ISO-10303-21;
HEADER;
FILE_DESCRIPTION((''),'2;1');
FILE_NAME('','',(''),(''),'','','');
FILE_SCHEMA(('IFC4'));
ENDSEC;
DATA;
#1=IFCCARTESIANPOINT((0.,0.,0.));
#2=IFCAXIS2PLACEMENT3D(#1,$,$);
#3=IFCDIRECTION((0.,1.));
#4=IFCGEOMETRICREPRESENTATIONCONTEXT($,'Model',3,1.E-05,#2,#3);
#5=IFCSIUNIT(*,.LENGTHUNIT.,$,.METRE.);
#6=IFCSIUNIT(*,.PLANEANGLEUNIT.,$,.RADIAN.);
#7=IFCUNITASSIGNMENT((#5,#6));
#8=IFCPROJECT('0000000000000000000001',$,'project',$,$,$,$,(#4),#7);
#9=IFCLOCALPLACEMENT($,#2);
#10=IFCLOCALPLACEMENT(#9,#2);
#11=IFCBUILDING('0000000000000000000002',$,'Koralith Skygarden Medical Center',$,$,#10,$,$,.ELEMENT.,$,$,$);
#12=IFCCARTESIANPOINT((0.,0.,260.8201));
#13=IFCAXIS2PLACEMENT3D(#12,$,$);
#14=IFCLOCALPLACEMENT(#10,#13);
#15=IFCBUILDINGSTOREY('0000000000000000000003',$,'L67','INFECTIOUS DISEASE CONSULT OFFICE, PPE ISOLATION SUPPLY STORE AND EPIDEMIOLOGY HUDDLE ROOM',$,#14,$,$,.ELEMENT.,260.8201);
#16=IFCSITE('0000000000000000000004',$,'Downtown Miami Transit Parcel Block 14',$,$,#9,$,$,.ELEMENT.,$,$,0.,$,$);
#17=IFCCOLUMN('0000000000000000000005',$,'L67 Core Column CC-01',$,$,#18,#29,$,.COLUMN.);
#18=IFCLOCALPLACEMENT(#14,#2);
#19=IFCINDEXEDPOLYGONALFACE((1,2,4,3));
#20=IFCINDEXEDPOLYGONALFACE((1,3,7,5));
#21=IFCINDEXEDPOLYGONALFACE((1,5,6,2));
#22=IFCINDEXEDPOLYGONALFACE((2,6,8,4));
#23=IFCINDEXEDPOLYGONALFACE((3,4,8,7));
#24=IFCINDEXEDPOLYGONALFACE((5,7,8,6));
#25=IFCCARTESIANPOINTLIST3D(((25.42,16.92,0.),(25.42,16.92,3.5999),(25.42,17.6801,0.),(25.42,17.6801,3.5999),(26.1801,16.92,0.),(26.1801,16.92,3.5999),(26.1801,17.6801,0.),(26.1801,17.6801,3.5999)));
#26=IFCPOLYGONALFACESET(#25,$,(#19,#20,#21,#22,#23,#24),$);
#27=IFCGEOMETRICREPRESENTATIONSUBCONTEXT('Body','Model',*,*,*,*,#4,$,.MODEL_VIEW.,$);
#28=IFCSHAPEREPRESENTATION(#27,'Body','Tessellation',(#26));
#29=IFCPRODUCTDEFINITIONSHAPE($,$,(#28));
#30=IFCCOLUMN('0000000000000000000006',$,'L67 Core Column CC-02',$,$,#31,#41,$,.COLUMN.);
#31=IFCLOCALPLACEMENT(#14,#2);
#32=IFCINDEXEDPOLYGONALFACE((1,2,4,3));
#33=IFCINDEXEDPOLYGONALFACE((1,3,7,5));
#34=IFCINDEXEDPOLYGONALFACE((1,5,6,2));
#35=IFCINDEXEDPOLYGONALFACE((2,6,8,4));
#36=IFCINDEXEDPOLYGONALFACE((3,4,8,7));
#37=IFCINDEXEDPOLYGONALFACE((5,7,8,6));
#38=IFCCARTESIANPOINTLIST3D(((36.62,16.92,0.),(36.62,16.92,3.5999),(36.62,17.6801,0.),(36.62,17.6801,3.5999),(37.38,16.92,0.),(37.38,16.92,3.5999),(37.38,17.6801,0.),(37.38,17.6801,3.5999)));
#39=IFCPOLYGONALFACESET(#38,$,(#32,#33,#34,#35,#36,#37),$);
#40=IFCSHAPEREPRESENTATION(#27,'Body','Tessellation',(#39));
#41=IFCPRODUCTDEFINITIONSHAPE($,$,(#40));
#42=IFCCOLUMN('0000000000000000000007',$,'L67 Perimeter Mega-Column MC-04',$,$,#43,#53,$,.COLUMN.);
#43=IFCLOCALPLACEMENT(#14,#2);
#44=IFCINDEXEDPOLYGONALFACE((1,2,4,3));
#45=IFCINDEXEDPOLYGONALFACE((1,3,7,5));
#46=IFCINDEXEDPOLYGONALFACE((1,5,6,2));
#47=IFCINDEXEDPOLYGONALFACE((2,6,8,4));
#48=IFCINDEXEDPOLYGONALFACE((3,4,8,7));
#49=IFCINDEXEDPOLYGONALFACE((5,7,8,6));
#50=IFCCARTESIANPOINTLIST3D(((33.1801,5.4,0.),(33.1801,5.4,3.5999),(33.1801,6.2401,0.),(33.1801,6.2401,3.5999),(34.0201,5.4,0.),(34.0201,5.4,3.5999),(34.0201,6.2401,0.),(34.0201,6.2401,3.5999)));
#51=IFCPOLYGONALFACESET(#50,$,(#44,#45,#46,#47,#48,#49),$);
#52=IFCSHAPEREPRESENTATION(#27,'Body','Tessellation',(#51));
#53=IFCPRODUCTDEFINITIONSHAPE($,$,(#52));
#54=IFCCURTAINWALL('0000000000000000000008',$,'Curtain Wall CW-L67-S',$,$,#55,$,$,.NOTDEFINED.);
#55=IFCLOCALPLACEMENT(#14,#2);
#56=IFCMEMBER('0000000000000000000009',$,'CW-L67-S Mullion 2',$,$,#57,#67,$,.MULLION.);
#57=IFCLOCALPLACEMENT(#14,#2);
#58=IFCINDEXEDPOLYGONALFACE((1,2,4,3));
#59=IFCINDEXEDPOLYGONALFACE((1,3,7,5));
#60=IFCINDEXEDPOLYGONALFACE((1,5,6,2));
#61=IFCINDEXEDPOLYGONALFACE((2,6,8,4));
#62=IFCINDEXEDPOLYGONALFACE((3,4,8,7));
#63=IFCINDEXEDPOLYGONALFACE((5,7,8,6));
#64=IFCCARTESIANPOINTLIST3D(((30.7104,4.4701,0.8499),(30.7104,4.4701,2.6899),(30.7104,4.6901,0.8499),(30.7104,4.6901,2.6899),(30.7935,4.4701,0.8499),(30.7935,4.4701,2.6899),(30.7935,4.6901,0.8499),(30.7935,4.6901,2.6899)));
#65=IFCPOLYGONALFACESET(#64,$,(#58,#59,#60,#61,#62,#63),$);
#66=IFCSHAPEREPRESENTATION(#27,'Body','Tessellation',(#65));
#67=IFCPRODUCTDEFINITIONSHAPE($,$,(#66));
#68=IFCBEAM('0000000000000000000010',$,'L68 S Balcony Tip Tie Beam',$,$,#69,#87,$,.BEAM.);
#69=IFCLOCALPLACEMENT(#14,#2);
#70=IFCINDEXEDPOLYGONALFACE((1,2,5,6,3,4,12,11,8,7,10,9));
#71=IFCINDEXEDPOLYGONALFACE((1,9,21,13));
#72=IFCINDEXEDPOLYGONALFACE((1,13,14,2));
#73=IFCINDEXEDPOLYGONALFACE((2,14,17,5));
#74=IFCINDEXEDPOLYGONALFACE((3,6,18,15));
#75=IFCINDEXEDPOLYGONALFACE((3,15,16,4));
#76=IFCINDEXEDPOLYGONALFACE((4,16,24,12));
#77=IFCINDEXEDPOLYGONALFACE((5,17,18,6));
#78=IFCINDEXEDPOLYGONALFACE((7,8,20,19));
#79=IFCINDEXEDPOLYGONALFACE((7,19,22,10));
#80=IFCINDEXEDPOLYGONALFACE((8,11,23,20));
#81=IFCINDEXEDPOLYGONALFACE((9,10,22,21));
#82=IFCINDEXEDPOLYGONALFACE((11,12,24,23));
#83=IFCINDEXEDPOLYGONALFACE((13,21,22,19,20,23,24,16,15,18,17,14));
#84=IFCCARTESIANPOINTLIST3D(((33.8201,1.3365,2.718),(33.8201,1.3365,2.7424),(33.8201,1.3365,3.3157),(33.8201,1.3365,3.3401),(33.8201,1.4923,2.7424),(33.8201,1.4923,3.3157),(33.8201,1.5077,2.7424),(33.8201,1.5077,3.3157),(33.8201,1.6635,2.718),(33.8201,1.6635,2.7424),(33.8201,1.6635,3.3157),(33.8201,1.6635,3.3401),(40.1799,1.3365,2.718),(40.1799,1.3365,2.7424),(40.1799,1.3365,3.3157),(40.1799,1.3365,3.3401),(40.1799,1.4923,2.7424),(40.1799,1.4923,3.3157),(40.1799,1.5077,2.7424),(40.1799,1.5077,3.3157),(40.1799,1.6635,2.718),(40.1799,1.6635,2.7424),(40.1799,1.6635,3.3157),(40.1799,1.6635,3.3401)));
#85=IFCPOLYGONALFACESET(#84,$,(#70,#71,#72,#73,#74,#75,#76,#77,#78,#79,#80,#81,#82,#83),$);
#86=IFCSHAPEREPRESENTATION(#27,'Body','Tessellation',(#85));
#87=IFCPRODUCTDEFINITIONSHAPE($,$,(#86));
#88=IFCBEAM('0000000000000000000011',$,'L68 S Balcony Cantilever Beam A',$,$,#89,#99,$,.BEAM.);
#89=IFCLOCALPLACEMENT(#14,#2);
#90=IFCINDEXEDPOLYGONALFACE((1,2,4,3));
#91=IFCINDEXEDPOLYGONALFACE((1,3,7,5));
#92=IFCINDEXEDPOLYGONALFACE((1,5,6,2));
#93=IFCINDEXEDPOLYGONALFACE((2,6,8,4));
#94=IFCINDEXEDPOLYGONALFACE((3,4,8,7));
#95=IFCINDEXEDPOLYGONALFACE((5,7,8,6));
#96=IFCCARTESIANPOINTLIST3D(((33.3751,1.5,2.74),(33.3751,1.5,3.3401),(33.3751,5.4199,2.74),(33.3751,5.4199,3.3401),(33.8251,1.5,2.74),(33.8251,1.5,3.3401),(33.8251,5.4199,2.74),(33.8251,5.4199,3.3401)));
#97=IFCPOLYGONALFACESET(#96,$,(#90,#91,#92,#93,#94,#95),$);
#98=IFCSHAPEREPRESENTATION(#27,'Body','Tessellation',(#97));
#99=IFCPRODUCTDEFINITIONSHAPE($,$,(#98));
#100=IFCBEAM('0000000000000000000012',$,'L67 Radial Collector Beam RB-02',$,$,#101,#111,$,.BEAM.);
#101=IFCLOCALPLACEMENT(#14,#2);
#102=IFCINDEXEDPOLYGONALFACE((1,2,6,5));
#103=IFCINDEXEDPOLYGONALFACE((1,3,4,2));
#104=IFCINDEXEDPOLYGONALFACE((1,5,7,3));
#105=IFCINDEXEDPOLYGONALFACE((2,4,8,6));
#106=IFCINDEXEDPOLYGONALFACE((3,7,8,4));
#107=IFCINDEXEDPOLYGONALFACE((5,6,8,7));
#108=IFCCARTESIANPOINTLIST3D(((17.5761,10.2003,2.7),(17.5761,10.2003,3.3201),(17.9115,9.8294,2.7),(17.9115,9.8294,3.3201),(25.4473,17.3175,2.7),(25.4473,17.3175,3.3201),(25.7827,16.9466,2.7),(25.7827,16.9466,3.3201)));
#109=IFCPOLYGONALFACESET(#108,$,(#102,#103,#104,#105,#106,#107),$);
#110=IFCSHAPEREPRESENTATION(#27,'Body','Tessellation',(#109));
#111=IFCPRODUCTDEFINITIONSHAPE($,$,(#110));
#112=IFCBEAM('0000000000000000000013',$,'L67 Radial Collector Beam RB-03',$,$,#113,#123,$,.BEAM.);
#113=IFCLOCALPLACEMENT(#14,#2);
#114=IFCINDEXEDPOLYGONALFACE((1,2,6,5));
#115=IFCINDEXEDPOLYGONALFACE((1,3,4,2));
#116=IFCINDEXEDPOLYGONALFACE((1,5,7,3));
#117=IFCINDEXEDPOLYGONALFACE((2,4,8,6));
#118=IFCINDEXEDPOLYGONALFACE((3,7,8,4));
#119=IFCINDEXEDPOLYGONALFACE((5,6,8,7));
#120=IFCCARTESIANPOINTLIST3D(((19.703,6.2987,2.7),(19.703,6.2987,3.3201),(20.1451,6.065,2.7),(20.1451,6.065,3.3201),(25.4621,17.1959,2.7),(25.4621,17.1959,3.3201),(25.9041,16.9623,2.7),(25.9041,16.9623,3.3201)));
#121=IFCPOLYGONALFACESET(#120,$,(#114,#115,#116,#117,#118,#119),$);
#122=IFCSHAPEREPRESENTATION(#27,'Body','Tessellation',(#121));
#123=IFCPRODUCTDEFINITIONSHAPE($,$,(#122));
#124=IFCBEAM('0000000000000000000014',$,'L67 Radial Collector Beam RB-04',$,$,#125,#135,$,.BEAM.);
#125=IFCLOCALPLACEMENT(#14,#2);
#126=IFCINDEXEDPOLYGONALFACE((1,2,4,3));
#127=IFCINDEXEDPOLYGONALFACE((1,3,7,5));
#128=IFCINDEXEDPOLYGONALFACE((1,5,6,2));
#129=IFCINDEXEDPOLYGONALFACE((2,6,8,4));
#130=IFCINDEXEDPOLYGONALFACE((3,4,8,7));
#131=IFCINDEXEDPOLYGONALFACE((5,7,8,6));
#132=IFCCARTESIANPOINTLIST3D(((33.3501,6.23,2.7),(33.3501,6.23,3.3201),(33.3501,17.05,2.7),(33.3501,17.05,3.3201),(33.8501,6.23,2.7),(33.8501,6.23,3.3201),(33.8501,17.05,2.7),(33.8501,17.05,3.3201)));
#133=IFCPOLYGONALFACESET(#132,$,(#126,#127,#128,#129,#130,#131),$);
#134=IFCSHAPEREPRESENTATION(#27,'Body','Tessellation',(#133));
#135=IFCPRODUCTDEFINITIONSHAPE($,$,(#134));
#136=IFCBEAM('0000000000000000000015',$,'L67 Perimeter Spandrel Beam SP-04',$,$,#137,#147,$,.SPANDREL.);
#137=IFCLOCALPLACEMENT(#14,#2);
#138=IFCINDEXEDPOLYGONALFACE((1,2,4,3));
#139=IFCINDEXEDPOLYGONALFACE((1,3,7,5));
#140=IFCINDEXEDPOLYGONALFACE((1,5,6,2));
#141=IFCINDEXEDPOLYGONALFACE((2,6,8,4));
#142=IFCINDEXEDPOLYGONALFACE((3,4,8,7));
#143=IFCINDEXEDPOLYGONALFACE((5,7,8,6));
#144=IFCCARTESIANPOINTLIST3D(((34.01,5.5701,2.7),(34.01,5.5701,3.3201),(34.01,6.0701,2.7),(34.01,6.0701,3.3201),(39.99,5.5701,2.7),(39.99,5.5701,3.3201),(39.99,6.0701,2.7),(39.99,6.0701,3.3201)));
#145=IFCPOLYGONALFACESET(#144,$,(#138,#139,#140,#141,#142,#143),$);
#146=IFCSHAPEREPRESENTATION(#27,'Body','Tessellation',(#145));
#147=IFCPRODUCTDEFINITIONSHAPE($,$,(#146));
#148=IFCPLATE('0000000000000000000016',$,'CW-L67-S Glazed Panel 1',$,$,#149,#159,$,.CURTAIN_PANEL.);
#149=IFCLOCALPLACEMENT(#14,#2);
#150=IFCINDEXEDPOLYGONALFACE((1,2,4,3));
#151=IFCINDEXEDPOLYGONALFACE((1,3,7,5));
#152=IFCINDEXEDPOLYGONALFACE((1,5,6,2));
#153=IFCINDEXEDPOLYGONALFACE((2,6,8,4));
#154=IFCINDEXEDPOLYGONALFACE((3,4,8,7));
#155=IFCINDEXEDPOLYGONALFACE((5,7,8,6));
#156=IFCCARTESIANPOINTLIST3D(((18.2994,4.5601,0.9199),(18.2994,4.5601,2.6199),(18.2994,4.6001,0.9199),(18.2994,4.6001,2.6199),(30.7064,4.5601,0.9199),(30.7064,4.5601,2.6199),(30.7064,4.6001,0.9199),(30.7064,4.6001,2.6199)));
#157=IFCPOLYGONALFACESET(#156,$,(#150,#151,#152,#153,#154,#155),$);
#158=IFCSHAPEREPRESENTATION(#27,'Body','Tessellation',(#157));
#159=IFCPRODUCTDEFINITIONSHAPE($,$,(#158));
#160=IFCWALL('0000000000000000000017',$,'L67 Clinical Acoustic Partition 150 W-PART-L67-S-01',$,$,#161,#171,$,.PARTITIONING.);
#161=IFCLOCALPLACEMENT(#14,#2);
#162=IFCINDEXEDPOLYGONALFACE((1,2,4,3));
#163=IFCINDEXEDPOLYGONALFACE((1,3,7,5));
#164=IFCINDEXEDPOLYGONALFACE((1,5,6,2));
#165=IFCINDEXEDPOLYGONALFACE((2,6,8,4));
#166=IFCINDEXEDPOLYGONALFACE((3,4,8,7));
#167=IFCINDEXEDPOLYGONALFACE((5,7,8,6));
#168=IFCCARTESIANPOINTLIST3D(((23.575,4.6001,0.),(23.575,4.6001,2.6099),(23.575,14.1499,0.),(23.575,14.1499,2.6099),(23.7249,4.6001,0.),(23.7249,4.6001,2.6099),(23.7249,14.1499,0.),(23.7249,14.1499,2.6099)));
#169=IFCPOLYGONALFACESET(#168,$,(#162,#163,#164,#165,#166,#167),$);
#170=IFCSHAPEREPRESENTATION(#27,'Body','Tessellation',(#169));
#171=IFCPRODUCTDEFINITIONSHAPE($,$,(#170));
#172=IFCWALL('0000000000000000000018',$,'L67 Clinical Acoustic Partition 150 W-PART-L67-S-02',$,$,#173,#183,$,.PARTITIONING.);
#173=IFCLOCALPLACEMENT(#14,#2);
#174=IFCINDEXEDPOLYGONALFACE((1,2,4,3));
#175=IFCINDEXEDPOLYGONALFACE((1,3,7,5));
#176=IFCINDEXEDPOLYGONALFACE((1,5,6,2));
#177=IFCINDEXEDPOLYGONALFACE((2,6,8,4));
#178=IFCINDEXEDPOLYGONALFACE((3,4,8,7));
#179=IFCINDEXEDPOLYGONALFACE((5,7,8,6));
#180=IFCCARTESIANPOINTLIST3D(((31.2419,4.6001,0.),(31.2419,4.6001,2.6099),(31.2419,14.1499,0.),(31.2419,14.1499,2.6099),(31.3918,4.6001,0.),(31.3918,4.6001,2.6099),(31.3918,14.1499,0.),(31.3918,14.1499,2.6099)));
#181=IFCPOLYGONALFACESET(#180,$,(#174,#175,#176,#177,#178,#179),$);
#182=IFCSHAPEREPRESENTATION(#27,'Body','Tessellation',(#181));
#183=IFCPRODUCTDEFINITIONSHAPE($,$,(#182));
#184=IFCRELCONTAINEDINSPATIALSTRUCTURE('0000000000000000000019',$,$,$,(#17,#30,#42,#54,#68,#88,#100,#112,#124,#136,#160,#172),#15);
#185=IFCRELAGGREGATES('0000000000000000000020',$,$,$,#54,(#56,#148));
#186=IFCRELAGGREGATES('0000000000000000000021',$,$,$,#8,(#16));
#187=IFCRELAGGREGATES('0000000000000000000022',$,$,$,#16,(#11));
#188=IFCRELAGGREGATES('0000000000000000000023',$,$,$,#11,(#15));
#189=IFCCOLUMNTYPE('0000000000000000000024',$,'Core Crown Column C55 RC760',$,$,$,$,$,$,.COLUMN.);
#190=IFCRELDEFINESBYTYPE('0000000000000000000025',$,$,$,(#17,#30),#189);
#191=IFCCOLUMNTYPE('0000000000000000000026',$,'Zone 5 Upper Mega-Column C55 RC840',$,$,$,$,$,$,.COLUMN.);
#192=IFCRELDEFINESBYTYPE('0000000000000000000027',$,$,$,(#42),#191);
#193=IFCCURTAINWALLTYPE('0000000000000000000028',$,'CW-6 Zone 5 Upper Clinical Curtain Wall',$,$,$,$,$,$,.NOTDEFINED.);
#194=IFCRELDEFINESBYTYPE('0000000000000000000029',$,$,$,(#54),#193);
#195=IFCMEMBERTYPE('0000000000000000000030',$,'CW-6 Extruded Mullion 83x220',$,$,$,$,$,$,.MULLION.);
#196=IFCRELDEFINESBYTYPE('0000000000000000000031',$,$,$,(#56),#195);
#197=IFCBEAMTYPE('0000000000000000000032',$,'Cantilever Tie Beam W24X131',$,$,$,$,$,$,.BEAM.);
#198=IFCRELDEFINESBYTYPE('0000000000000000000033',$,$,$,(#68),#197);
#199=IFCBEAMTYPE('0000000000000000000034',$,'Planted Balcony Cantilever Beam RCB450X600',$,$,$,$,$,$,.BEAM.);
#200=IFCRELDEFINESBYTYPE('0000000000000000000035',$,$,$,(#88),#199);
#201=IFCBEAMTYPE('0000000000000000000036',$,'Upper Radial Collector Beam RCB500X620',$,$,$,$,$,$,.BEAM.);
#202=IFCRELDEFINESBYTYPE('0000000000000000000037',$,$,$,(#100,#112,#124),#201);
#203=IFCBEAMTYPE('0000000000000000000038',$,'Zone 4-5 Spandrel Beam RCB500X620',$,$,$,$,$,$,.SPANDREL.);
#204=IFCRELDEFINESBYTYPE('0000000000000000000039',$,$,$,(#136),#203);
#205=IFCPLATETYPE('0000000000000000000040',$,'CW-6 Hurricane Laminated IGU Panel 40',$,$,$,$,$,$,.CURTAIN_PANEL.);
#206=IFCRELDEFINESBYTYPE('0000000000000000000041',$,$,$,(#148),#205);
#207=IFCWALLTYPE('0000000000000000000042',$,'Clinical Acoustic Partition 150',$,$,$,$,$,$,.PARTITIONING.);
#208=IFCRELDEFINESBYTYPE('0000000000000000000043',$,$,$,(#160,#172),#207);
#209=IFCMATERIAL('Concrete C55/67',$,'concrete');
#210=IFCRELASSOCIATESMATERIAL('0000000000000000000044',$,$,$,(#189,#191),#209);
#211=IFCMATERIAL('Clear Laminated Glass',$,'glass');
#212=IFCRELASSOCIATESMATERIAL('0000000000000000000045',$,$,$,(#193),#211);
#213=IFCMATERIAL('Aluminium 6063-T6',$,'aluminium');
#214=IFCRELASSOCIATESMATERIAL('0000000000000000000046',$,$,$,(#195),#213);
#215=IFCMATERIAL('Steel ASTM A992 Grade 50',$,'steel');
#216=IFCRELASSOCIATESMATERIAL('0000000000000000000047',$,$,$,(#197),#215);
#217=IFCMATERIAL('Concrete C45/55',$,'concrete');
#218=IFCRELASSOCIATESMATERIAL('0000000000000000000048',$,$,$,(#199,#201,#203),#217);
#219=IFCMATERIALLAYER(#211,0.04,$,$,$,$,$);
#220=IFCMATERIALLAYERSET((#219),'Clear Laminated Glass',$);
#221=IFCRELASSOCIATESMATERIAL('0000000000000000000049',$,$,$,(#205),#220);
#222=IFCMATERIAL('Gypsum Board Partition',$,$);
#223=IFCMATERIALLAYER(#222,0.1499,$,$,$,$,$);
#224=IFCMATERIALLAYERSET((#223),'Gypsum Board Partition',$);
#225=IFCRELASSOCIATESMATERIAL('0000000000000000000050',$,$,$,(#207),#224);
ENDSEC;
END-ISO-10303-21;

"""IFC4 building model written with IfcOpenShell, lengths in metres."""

from ifc_helpers import new_model, si_unit, direction, frame, frame_2d, origin, origin_2d, place, context, subcontext, project, spatial, rectangle, i_section, extrude, material, layer, layer_set, material_profile, profile_set, type_object, element, aggregate, save


model = new_model("IFC4")

# Units and contexts
model_context = context("Model", 3, precision=1e-05, world=origin(), true_north=direction((0.0, 1.0)))
body_context = subcontext(model_context, "Body", "Model", "MODEL_VIEW")
ifc_project = project(units=[si_unit("LENGTHUNIT", "METRE"), si_unit("PLANEANGLEUNIT", "RADIAN")], contexts=[model_context])

# Site, building, storey
site_placement = place(None, origin())
site = spatial("IfcSite", under=ifc_project, at=site_placement, Name="Downtown Miami Transit Parcel Block 14", CompositionType="ELEMENT", RefElevation=0.0)
building_placement = place(site_placement, origin())
building = spatial("IfcBuilding", under=site, at=building_placement, Name="Koralith Skygarden Medical Center", CompositionType="ELEMENT")
storey_placement = place(building_placement, frame((0.0, 0.0, 260.8201)))
storey = spatial("IfcBuildingStorey", under=building, at=storey_placement, Name="L67", Description="INFECTIOUS DISEASE CONSULT OFFICE, PPE ISOLATION SUPPLY STORE AND EPIDEMIOLOGY HUDDLE ROOM", CompositionType="ELEMENT", Elevation=260.8201)

# Columns
ifc_material_1 = material(Name="Concrete C55/67", Category="concrete")
ifc_material_profile_1 = material_profile(ifc_material_1, rectangle(XDim=0.76, YDim=0.76, at=origin_2d()), Name="RC760X760")
ifc_profile_set_1 = profile_set([ifc_material_profile_1], Name="Concrete C55/67")
column_type_1 = type_object("IfcColumnType", Name="Core Crown Column C55 RC760", PredefinedType="COLUMN", material=ifc_profile_set_1)
for number, where, z_axis, x_axis, name in (
    (1, (25.8, 17.3, 0.0), (0.0, 0.0, 1.0), (1.0, 0.0, 0.0), "L67 Core Column CC-01"),
    (2, (37.0, 17.3, 0.0), (0.0, 0.0, 1.0), (1.0, 0.0, 0.0), "L67 Core Column CC-02"),
):
    element("IfcColumn", number, at=place(storey_placement, frame(where, z_axis=z_axis, x_axis=x_axis)), inside=storey, type_object=column_type_1, Name=name, PredefinedType="COLUMN", context=body_context, shape_type="SweptSolid", body=[
        extrude(rectangle(XDim=0.76, YDim=0.76, at=origin_2d()), origin(), (0.0, 0.0, 1.0), 3.5999),
    ])
ifc_material_profile_2 = material_profile(ifc_material_1, rectangle(XDim=0.8401, YDim=0.8401, at=origin_2d()), Name="RC840X840")
ifc_profile_set_2 = profile_set([ifc_material_profile_2], Name="Concrete C55/67")
column_type_2 = type_object("IfcColumnType", Name="Zone 5 Upper Mega-Column C55 RC840", PredefinedType="COLUMN", material=ifc_profile_set_2)
column_placement = place(storey_placement, frame((33.6001, 5.8201, 0.0), z_axis=(0.0, 0.0, 1.0), x_axis=(1.0, 0.0, 0.0)))
element("IfcColumn", 3, at=column_placement, inside=storey, type_object=column_type_2, Name="L67 Perimeter Mega-Column MC-04", PredefinedType="COLUMN", context=body_context, shape_type="SweptSolid", body=[
    extrude(rectangle(XDim=0.8401, YDim=0.8401, at=origin_2d()), origin(), (0.0, 0.0, 1.0), 3.5999),
])

# Curtain wall, member
ifc_material_2 = material(Name="Clear Laminated Glass", Category="glass")
curtain_wall_type = type_object("IfcCurtainWallType", Name="CW-6 Zone 5 Upper Clinical Curtain Wall", PredefinedType="NOTDEFINED", material=ifc_material_2)
curtain_wall_placement = place(storey_placement, origin())
curtain_wall = element("IfcCurtainWall", 4, at=curtain_wall_placement, inside=storey, type_object=curtain_wall_type, Name="Curtain Wall CW-L67-S", PredefinedType="NOTDEFINED")
ifc_material_3 = material(Name="Aluminium 6063-T6", Category="aluminium")
ifc_material_profile_3 = material_profile(ifc_material_3, rectangle(XDim=0.083, YDim=0.22, at=origin_2d()), Name="MUL83X220")
ifc_profile_set_3 = profile_set([ifc_material_profile_3], Name="Aluminium 6063-T6")
member_type = type_object("IfcMemberType", Name="CW-6 Extruded Mullion 83x220", PredefinedType="MULLION", material=ifc_profile_set_3)
member_placement = place(storey_placement, frame((30.752, 4.5801, 0.8499), z_axis=(0.0, 0.0, 1.0), x_axis=(1.0, 0.0, 0.0)))
member = element("IfcMember", 5, at=member_placement, type_object=member_type, Name="CW-L67-S Mullion 2", PredefinedType="MULLION", context=body_context, shape_type="SweptSolid", body=[
    extrude(rectangle(XDim=0.083, YDim=0.22, at=origin_2d()), origin(), (0.0, 0.0, 1.0), 1.8401),
])

# Beams
ifc_material_4 = material(Name="Steel ASTM A992 Grade 50", Category="steel")
ifc_material_profile_4 = material_profile(ifc_material_4, i_section(OverallWidth=0.3269, OverallDepth=0.6221, WebThickness=0.0154, FlangeThickness=0.0244, at=origin_2d()), Name="W24X131")
ifc_profile_set_4 = profile_set([ifc_material_profile_4], Name="Steel ASTM A992 Grade 50")
beam_type_1 = type_object("IfcBeamType", Name="Cantilever Tie Beam W24X131", PredefinedType="BEAM", material=ifc_profile_set_4)
beam_1_placement = place(storey_placement, frame((33.8201, 1.5, 3.0291), z_axis=(1.0, 0.0, 0.0), x_axis=(0.0, 1.0, 0.0)))
element("IfcBeam", 6, at=beam_1_placement, inside=storey, type_object=beam_type_1, Name="L68 S Balcony Tip Tie Beam", PredefinedType="BEAM", context=body_context, shape_type="SweptSolid", body=[
    extrude(i_section(OverallWidth=0.3269, OverallDepth=0.6221, WebThickness=0.0154, FlangeThickness=0.0244, at=origin_2d()), origin(), (0.0, 0.0, 1.0), 6.3599),
])
ifc_material_5 = material(Name="Concrete C45/55", Category="concrete")
ifc_material_profile_5 = material_profile(ifc_material_5, rectangle(XDim=0.45, YDim=0.6001, at=origin_2d()), Name="RCB450X600")
ifc_profile_set_5 = profile_set([ifc_material_profile_5], Name="Concrete C45/55")
beam_type_2 = type_object("IfcBeamType", Name="Planted Balcony Cantilever Beam RCB450X600", PredefinedType="BEAM", material=ifc_profile_set_5)
beam_2_placement = place(storey_placement, frame((33.6001, 5.4199, 3.04), z_axis=(0.0, -1.0, 0.0), x_axis=(1.0, 0.0, 0.0)))
element("IfcBeam", 7, at=beam_2_placement, inside=storey, type_object=beam_type_2, Name="L68 S Balcony Cantilever Beam A", PredefinedType="BEAM", context=body_context, shape_type="SweptSolid", body=[
    extrude(rectangle(XDim=0.45, YDim=0.6001, at=origin_2d()), origin(), (0.0, 0.0, 1.0), 3.9199),
])
ifc_material_profile_6 = material_profile(ifc_material_5, rectangle(XDim=0.5, YDim=0.6201, at=origin_2d()), Name="RCB500X620")
ifc_profile_set_6 = profile_set([ifc_material_profile_6], Name="Concrete C45/55")
beam_type_3 = type_object("IfcBeamType", Name="Upper Radial Collector Beam RCB500X620", PredefinedType="BEAM", material=ifc_profile_set_6)
beam_3_placement = place(storey_placement, frame((25.615, 17.1321, 3.01), z_axis=(-0.741736, -0.670692, 0.0), x_axis=(0.670692, -0.741736, 0.0)))
element("IfcBeam", 8, at=beam_3_placement, inside=storey, type_object=beam_type_3, Name="L67 Radial Collector Beam RB-02", PredefinedType="BEAM", context=body_context, shape_type="SweptSolid", body=[
    extrude(rectangle(XDim=0.5, YDim=0.6201, at=origin_2d()), origin(), (0.0, 0.0, 1.0), 10.6118),
])
beam_4_placement = place(storey_placement, frame((25.6831, 17.0791, 3.01), z_axis=(-0.467249, -0.884126, 0.0), x_axis=(0.884126, -0.467249, 0.0)))
element("IfcBeam", 9, at=beam_4_placement, inside=storey, type_object=beam_type_3, Name="L67 Radial Collector Beam RB-03", PredefinedType="BEAM", context=body_context, shape_type="SweptSolid", body=[
    extrude(rectangle(XDim=0.5, YDim=0.6201, at=origin_2d()), origin(), (0.0, 0.0, 1.0), 12.3254),
])
beam_5_placement = place(storey_placement, frame((33.6001, 17.05, 3.01), z_axis=(0.0, -1.0, 0.0), x_axis=(1.0, 0.0, 0.0)))
element("IfcBeam", 10, at=beam_5_placement, inside=storey, type_object=beam_type_3, Name="L67 Radial Collector Beam RB-04", PredefinedType="BEAM", context=body_context, shape_type="SweptSolid", body=[
    extrude(rectangle(XDim=0.5, YDim=0.6201, at=origin_2d()), origin(), (0.0, 0.0, 1.0), 10.8201),
])
ifc_material_profile_7 = material_profile(ifc_material_5, rectangle(XDim=0.5, YDim=0.6201, at=origin_2d()), Name="RCB500X620")
ifc_profile_set_7 = profile_set([ifc_material_profile_7], Name="Concrete C45/55")
beam_type_4 = type_object("IfcBeamType", Name="Zone 4-5 Spandrel Beam RCB500X620", PredefinedType="SPANDREL", material=ifc_profile_set_7)
beam_6_placement = place(storey_placement, frame((34.01, 5.8201, 3.01), z_axis=(1.0, 0.0, 0.0), x_axis=(0.0, 1.0, 0.0)))
element("IfcBeam", 11, at=beam_6_placement, inside=storey, type_object=beam_type_4, Name="L67 Perimeter Spandrel Beam SP-04", PredefinedType="SPANDREL", context=body_context, shape_type="SweptSolid", body=[
    extrude(rectangle(XDim=0.5, YDim=0.6201, at=origin_2d()), origin(), (0.0, 0.0, 1.0), 5.98),
])

# Plate
ifc_layer_1 = layer(ifc_material_2, 0.04)
ifc_layer_set_1 = layer_set([ifc_layer_1], Name="Clear Laminated Glass")
plate_type = type_object("IfcPlateType", Name="CW-6 Hurricane Laminated IGU Panel 40", PredefinedType="CURTAIN_PANEL", material=ifc_layer_set_1)
plate_placement = place(storey_placement, frame((24.5029, 4.5801, 0.9199), z_axis=(0.0, 0.0, 1.0), x_axis=(1.0, 0.0, 0.0)))
plate = element("IfcPlate", 12, at=plate_placement, type_object=plate_type, Name="CW-L67-S Glazed Panel 1", PredefinedType="CURTAIN_PANEL", context=body_context, shape_type="SweptSolid", body=[
    extrude(rectangle(XDim=12.407, YDim=0.04, at=origin_2d()), origin(), (0.0, 0.0, 1.0), 1.7),
])
aggregate(curtain_wall, [member, plate])

# Walls
ifc_material_6 = material(Name="Gypsum Board Partition")
ifc_layer_2 = layer(ifc_material_6, 0.1499)
ifc_layer_set_2 = layer_set([ifc_layer_2], Name="Gypsum Board Partition")
wall_type_1 = type_object("IfcWallType", Name="Clinical Acoustic Partition 150", PredefinedType="PARTITIONING", material=ifc_layer_set_2)
for number, where, z_axis, x_axis, name in (
    (13, (23.6499, 14.1499, 0.0), (0.0, 0.0, 1.0), (0.0, -1.0, 0.0), "L67 Clinical Acoustic Partition 150 W-PART-L67-S-01"),
    (14, (31.3169, 14.1499, 0.0), (0.0, 0.0, 1.0), (0.0, -1.0, 0.0), "L67 Clinical Acoustic Partition 150 W-PART-L67-S-02"),
):
    element("IfcWall", number, at=place(storey_placement, frame(where, z_axis=z_axis, x_axis=x_axis)), inside=storey, type_object=wall_type_1, Name=name, PredefinedType="PARTITIONING", context=body_context, shape_type="SweptSolid", body=[
        extrude(rectangle(XDim=9.5498, YDim=0.1499, at=frame_2d((4.7749, 0.0))), origin(), (0.0, 0.0, 1.0), 2.6099),
    ])

save(model, "model.ifc")
